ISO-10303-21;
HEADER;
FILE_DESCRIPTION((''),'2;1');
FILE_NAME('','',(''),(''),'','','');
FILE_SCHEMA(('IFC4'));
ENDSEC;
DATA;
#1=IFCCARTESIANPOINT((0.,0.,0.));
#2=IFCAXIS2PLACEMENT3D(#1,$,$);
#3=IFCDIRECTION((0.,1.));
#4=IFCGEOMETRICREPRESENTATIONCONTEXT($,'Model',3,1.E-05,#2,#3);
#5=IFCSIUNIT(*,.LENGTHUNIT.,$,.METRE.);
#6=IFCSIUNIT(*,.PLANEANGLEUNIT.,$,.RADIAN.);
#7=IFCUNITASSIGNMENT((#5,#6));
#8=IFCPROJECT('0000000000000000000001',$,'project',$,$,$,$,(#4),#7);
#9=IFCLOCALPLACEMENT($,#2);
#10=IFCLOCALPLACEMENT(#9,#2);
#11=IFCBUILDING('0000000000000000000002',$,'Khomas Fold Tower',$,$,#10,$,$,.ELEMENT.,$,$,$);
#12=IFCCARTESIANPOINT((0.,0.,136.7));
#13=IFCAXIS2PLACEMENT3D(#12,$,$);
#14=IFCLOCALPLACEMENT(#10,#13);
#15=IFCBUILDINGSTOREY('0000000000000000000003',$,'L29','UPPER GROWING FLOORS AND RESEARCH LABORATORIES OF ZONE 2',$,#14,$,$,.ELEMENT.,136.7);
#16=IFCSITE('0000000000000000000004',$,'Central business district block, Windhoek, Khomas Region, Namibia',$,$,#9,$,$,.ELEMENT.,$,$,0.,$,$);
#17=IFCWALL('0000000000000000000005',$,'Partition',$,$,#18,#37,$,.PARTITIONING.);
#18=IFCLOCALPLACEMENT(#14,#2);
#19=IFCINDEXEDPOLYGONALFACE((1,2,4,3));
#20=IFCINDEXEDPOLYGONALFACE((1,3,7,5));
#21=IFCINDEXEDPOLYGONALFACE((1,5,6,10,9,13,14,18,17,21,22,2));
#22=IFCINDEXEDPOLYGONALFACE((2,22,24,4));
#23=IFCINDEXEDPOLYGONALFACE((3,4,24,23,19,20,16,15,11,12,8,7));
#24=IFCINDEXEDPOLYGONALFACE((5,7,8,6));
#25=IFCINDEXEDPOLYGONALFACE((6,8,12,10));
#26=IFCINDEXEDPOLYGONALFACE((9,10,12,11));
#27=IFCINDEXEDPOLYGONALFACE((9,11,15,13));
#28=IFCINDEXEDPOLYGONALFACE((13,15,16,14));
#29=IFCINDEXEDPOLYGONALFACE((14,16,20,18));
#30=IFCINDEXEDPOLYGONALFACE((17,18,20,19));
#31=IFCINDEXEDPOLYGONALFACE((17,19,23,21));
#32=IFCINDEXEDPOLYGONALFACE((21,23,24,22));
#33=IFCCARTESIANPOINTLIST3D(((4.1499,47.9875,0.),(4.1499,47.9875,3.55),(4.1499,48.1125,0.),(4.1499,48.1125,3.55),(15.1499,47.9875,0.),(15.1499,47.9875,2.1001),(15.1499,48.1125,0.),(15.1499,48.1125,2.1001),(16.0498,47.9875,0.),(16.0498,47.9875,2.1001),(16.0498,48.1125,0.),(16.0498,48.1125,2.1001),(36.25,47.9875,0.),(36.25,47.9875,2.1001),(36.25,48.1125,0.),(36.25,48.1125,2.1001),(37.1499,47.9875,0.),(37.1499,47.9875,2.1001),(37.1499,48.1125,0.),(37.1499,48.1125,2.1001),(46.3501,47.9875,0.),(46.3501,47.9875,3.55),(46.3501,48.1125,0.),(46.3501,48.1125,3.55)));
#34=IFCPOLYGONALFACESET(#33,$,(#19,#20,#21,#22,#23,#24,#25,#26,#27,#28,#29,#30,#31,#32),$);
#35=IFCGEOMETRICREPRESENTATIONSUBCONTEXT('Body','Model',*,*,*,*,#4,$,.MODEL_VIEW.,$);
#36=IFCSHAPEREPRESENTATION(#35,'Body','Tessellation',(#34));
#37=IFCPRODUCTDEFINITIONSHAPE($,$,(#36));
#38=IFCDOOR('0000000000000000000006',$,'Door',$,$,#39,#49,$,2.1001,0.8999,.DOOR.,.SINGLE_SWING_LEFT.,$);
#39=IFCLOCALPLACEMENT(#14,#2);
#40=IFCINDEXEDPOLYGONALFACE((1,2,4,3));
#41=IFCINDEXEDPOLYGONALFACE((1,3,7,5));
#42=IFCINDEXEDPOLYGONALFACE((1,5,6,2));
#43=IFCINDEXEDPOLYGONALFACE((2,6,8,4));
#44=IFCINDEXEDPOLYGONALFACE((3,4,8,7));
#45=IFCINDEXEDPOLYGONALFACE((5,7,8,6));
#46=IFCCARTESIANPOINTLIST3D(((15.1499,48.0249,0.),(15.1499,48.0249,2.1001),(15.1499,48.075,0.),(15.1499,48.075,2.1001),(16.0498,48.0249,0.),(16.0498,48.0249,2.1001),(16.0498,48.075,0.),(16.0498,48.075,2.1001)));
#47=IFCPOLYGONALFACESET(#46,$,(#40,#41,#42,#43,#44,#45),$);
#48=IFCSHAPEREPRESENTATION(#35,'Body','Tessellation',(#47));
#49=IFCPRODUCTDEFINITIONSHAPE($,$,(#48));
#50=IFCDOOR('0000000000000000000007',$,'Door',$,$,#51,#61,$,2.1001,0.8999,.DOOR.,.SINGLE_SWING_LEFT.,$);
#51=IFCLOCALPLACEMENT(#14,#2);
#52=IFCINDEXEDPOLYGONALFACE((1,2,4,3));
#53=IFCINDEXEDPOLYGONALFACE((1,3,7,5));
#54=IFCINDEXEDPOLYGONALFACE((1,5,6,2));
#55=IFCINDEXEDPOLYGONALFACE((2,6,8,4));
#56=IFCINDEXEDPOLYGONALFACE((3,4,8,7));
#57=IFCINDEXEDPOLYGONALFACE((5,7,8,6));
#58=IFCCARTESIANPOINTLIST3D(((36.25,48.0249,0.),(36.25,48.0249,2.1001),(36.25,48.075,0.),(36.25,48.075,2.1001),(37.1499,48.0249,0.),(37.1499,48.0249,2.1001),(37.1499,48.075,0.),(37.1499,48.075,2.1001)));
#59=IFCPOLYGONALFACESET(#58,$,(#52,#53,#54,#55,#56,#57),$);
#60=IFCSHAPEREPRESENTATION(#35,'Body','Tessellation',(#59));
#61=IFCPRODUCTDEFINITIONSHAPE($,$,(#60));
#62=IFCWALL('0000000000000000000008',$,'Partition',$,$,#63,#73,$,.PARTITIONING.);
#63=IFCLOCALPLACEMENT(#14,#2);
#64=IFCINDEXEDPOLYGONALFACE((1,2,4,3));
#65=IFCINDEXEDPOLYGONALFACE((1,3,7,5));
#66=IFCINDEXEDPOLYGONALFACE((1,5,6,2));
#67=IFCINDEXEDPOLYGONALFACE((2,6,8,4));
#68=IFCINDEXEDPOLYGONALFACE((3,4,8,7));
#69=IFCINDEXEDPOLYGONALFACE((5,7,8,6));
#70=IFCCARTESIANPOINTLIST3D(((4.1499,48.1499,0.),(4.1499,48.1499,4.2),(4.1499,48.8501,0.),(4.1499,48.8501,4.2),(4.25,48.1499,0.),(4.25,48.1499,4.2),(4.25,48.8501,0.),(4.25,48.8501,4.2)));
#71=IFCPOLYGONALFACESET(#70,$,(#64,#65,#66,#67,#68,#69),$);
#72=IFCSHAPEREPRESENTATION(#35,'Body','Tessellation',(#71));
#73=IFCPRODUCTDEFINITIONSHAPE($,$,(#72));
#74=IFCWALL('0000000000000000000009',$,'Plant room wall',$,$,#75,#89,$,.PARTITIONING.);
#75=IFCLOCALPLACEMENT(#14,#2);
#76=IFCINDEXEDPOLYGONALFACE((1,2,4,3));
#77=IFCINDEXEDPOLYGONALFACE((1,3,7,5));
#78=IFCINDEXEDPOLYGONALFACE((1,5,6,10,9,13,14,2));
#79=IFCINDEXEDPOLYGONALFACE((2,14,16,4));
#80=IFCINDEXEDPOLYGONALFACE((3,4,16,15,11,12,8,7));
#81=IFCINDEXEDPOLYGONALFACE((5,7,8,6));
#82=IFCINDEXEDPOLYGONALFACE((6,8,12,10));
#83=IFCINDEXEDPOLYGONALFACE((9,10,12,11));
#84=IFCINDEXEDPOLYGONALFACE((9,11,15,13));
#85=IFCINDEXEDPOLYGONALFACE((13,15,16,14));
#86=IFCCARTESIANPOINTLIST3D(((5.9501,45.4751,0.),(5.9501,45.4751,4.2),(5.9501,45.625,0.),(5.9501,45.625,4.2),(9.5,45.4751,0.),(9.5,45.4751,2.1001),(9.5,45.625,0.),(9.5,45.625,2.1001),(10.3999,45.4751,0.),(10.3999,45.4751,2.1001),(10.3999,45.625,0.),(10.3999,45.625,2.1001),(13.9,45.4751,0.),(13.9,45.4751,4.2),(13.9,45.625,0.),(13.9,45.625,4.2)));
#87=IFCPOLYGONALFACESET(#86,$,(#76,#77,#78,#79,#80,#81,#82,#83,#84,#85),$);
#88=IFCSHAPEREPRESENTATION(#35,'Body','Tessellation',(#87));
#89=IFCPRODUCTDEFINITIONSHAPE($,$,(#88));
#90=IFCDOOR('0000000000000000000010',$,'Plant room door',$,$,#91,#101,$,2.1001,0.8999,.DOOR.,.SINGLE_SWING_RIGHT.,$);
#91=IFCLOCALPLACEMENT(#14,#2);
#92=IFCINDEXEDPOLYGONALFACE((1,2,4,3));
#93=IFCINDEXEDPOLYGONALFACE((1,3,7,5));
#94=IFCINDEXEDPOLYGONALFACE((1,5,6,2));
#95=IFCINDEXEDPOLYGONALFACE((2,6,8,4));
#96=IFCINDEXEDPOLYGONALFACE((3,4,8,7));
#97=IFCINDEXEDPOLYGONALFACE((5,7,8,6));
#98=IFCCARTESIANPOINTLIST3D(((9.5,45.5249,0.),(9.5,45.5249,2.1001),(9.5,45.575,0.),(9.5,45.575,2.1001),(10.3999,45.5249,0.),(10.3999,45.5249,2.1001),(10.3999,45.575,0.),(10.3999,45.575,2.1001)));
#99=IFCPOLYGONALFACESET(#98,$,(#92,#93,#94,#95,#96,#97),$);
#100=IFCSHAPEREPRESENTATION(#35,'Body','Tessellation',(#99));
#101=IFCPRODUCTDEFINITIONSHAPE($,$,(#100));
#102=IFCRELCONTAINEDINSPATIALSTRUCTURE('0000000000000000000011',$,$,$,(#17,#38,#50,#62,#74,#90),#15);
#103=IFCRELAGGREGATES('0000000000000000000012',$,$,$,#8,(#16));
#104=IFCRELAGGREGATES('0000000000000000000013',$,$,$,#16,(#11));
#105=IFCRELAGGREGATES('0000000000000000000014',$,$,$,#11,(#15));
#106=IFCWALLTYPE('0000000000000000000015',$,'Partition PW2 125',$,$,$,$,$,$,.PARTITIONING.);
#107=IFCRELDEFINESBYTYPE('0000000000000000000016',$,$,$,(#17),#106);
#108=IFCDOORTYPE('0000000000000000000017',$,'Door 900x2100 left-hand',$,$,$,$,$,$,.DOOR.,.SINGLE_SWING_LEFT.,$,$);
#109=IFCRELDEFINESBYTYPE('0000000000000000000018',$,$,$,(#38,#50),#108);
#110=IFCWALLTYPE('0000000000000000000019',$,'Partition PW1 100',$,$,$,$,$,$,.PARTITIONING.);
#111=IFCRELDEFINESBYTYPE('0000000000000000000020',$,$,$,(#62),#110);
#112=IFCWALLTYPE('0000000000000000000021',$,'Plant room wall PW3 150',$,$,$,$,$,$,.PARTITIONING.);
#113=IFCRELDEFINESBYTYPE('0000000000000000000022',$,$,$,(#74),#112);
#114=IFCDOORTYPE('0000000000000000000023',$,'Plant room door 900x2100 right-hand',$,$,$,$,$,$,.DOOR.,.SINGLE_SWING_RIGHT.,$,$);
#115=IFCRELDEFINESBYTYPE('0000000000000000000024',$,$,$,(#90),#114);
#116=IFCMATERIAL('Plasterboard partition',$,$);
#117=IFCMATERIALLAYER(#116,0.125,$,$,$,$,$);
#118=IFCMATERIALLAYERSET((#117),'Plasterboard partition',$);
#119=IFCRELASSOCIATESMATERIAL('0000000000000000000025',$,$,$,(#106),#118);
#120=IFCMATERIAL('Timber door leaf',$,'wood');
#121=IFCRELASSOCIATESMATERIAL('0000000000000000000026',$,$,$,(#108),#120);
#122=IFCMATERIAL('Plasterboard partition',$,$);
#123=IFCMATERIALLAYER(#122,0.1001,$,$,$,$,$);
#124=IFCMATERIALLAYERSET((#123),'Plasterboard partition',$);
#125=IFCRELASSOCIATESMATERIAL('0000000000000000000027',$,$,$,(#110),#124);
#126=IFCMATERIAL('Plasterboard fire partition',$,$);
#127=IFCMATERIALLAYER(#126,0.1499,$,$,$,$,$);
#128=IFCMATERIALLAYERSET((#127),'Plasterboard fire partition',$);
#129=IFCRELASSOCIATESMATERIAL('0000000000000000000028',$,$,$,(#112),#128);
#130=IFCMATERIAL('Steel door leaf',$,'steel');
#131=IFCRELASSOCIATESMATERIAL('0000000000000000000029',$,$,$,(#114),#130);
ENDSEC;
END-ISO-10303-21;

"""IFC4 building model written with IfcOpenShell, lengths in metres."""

from ifc_helpers import new_model, si_unit, direction, frame, frame_2d, origin, place, context, subcontext, project, spatial, rectangle, extrude, source, transform, mapped, material, layer, layer_set, type_object, element, fill, save


model = new_model("IFC4")

# Units and contexts
model_context = context("Model", 3, precision=1e-05, world=origin(), true_north=direction((0.0, 1.0)))
body_context = subcontext(model_context, "Body", "Model", "MODEL_VIEW")
ifc_project = project(units=[si_unit("LENGTHUNIT", "METRE"), si_unit("PLANEANGLEUNIT", "RADIAN")], contexts=[model_context])

# Site, building, storey
site_placement = place(None, origin())
site = spatial("IfcSite", under=ifc_project, at=site_placement, Name="Central business district block, Windhoek, Khomas Region, Namibia", CompositionType="ELEMENT", RefElevation=0.0)
building_placement = place(site_placement, origin())
building = spatial("IfcBuilding", under=site, at=building_placement, Name="Khomas Fold Tower", CompositionType="ELEMENT")
storey_placement = place(building_placement, frame((0.0, 0.0, 136.7)))
storey = spatial("IfcBuildingStorey", under=building, at=storey_placement, Name="L29", Description="UPPER GROWING FLOORS AND RESEARCH LABORATORIES OF ZONE 2", CompositionType="ELEMENT", Elevation=136.7)

# Wall, openings, doors
ifc_material_1 = material(Name="Plasterboard partition")
ifc_layer_1 = layer(ifc_material_1, 0.125)
ifc_layer_set_1 = layer_set([ifc_layer_1], Name="Plasterboard partition")
wall_type_1 = type_object("IfcWallType", Name="Partition PW2 125", PredefinedType="PARTITIONING", material=ifc_layer_set_1)
shared_shape_1 = source(origin(), body_context, "Body", "SweptSolid", [
    extrude(rectangle(XDim=42.2002, YDim=0.125, at=frame_2d((21.1001, 0.0))), origin(), (0.0, 0.0, 1.0), 3.55),
])
wall_1_placement = place(storey_placement, frame((4.1499, 48.05, 0.0), z_axis=(0.0, 0.0, 1.0), x_axis=(1.0, 0.0, 0.0)))
wall_1 = element("IfcWall", 1, at=wall_1_placement, inside=storey, type_object=wall_type_1, Name="Partition", PredefinedType="PARTITIONING", context=body_context, shape_type="MappedRepresentation", body=[
    mapped(shared_shape_1, transform((0.0, 0.0, 0.0))),
])
shared_shape_2 = source(origin(), body_context, "Body", "SweptSolid", [
    extrude(rectangle(XDim=0.8999, YDim=2.1001, at=frame_2d((0.45, 1.05))), frame((0.0, 0.0725, 0.0), z_axis=(0.0, -1.0, 0.0), x_axis=(1.0, 0.0, 0.0)), (0.0, 0.0, 1.0), 0.145),
])
opening_1_placement = place(wall_1_placement, frame((11.0, 0.0, 0.0)))
opening_1 = element("IfcOpeningElement", 2, at=opening_1_placement, cuts=wall_1, PredefinedType="OPENING", context=body_context, shape_type="MappedRepresentation", body=[
    mapped(shared_shape_2, transform((0.0, 0.0, 0.0))),
])
opening_2_placement = place(wall_1_placement, frame((32.1001, 0.0, 0.0)))
opening_2 = element("IfcOpeningElement", 3, at=opening_2_placement, cuts=wall_1, PredefinedType="OPENING", context=body_context, shape_type="MappedRepresentation", body=[
    mapped(shared_shape_2, transform((0.0, 0.0, 0.0))),
])
ifc_material_2 = material(Name="Timber door leaf", Category="wood")
door_type_1 = type_object("IfcDoorType", Name="Door 900x2100 left-hand", OperationType="SINGLE_SWING_LEFT", PredefinedType="DOOR", material=ifc_material_2)
shared_shape_3 = source(origin(), body_context, "Body", "SweptSolid", [
    extrude(rectangle(XDim=0.8999, YDim=2.1001, at=frame_2d((0.45, 1.05))), frame((0.0, 0.0249, 0.0), z_axis=(0.0, -1.0, 0.0), x_axis=(1.0, 0.0, 0.0)), (0.0, 0.0, 1.0), 0.05),
])
door_1_placement = place(opening_1_placement, origin())
door_1 = element("IfcDoor", 4, at=door_1_placement, inside=storey, type_object=door_type_1, Name="Door", OperationType="SINGLE_SWING_LEFT", OverallHeight=2.1001, OverallWidth=0.8999, PredefinedType="DOOR", context=body_context, shape_type="MappedRepresentation", body=[
    mapped(shared_shape_3, transform((0.0, 0.0, 0.0))),
])
fill(opening_1, door_1)
door_2_placement = place(opening_2_placement, origin())
door_2 = element("IfcDoor", 5, at=door_2_placement, inside=storey, type_object=door_type_1, Name="Door", OperationType="SINGLE_SWING_LEFT", OverallHeight=2.1001, OverallWidth=0.8999, PredefinedType="DOOR", context=body_context, shape_type="MappedRepresentation", body=[
    mapped(shared_shape_3, transform((0.0, 0.0, 0.0))),
])
fill(opening_2, door_2)

# Wall
ifc_material_3 = material(Name="Plasterboard partition")
ifc_layer_2 = layer(ifc_material_3, 0.1001)
ifc_layer_set_2 = layer_set([ifc_layer_2], Name="Plasterboard partition")
wall_type_2 = type_object("IfcWallType", Name="Partition PW1 100", PredefinedType="PARTITIONING", material=ifc_layer_set_2)
shared_shape_4 = source(origin(), body_context, "Body", "SweptSolid", [
    extrude(rectangle(XDim=0.7002, YDim=0.1001, at=frame_2d((0.3501, 0.0))), origin(), (0.0, 0.0, 1.0), 4.2),
])
wall_2_placement = place(storey_placement, frame((4.2, 48.1499, 0.0), z_axis=(0.0, 0.0, 1.0), x_axis=(0.0, 1.0, 0.0)))
element("IfcWall", 6, at=wall_2_placement, inside=storey, type_object=wall_type_2, Name="Partition", PredefinedType="PARTITIONING", context=body_context, shape_type="MappedRepresentation", body=[
    mapped(shared_shape_4, transform((0.0, 0.0, 0.0))),
])

# Wall, opening, door
ifc_material_4 = material(Name="Plasterboard fire partition")
ifc_layer_3 = layer(ifc_material_4, 0.1499)
ifc_layer_set_3 = layer_set([ifc_layer_3], Name="Plasterboard fire partition")
wall_type_3 = type_object("IfcWallType", Name="Plant room wall PW3 150", PredefinedType="PARTITIONING", material=ifc_layer_set_3)
shared_shape_5 = source(origin(), body_context, "Body", "SweptSolid", [
    extrude(rectangle(XDim=7.95, YDim=0.1499, at=frame_2d((3.9751, 0.0))), origin(), (0.0, 0.0, 1.0), 4.2),
])
wall_3_placement = place(storey_placement, frame((5.95, 45.55, 0.0), z_axis=(0.0, 0.0, 1.0), x_axis=(1.0, 0.0, 0.0)))
wall_3 = element("IfcWall", 7, at=wall_3_placement, inside=storey, type_object=wall_type_3, Name="Plant room wall", PredefinedType="PARTITIONING", context=body_context, shape_type="MappedRepresentation", body=[
    mapped(shared_shape_5, transform((0.0, 0.0, 0.0))),
])
shared_shape_6 = source(origin(), body_context, "Body", "SweptSolid", [
    extrude(rectangle(XDim=0.8999, YDim=2.1001, at=frame_2d((0.45, 1.05))), frame((0.0, 0.085, 0.0), z_axis=(0.0, -1.0, 0.0), x_axis=(1.0, 0.0, 0.0)), (0.0, 0.0, 1.0), 0.1699),
])
opening_3_placement = place(wall_3_placement, frame((3.55, 0.0, 0.0)))
opening_3 = element("IfcOpeningElement", 8, at=opening_3_placement, cuts=wall_3, PredefinedType="OPENING", context=body_context, shape_type="MappedRepresentation", body=[
    mapped(shared_shape_6, transform((0.0, 0.0, 0.0))),
])
ifc_material_5 = material(Name="Steel door leaf", Category="steel")
door_type_2 = type_object("IfcDoorType", Name="Plant room door 900x2100 right-hand", OperationType="SINGLE_SWING_RIGHT", PredefinedType="DOOR", material=ifc_material_5)
door_3_placement = place(opening_3_placement, origin())
door_3 = element("IfcDoor", 9, at=door_3_placement, inside=storey, type_object=door_type_2, Name="Plant room door", OperationType="SINGLE_SWING_RIGHT", OverallHeight=2.1001, OverallWidth=0.8999, PredefinedType="DOOR", context=body_context, shape_type="MappedRepresentation", body=[
    mapped(shared_shape_3, transform((0.0, 0.0, 0.0))),
])
fill(opening_3, door_3)

save(model, "model.ifc")
